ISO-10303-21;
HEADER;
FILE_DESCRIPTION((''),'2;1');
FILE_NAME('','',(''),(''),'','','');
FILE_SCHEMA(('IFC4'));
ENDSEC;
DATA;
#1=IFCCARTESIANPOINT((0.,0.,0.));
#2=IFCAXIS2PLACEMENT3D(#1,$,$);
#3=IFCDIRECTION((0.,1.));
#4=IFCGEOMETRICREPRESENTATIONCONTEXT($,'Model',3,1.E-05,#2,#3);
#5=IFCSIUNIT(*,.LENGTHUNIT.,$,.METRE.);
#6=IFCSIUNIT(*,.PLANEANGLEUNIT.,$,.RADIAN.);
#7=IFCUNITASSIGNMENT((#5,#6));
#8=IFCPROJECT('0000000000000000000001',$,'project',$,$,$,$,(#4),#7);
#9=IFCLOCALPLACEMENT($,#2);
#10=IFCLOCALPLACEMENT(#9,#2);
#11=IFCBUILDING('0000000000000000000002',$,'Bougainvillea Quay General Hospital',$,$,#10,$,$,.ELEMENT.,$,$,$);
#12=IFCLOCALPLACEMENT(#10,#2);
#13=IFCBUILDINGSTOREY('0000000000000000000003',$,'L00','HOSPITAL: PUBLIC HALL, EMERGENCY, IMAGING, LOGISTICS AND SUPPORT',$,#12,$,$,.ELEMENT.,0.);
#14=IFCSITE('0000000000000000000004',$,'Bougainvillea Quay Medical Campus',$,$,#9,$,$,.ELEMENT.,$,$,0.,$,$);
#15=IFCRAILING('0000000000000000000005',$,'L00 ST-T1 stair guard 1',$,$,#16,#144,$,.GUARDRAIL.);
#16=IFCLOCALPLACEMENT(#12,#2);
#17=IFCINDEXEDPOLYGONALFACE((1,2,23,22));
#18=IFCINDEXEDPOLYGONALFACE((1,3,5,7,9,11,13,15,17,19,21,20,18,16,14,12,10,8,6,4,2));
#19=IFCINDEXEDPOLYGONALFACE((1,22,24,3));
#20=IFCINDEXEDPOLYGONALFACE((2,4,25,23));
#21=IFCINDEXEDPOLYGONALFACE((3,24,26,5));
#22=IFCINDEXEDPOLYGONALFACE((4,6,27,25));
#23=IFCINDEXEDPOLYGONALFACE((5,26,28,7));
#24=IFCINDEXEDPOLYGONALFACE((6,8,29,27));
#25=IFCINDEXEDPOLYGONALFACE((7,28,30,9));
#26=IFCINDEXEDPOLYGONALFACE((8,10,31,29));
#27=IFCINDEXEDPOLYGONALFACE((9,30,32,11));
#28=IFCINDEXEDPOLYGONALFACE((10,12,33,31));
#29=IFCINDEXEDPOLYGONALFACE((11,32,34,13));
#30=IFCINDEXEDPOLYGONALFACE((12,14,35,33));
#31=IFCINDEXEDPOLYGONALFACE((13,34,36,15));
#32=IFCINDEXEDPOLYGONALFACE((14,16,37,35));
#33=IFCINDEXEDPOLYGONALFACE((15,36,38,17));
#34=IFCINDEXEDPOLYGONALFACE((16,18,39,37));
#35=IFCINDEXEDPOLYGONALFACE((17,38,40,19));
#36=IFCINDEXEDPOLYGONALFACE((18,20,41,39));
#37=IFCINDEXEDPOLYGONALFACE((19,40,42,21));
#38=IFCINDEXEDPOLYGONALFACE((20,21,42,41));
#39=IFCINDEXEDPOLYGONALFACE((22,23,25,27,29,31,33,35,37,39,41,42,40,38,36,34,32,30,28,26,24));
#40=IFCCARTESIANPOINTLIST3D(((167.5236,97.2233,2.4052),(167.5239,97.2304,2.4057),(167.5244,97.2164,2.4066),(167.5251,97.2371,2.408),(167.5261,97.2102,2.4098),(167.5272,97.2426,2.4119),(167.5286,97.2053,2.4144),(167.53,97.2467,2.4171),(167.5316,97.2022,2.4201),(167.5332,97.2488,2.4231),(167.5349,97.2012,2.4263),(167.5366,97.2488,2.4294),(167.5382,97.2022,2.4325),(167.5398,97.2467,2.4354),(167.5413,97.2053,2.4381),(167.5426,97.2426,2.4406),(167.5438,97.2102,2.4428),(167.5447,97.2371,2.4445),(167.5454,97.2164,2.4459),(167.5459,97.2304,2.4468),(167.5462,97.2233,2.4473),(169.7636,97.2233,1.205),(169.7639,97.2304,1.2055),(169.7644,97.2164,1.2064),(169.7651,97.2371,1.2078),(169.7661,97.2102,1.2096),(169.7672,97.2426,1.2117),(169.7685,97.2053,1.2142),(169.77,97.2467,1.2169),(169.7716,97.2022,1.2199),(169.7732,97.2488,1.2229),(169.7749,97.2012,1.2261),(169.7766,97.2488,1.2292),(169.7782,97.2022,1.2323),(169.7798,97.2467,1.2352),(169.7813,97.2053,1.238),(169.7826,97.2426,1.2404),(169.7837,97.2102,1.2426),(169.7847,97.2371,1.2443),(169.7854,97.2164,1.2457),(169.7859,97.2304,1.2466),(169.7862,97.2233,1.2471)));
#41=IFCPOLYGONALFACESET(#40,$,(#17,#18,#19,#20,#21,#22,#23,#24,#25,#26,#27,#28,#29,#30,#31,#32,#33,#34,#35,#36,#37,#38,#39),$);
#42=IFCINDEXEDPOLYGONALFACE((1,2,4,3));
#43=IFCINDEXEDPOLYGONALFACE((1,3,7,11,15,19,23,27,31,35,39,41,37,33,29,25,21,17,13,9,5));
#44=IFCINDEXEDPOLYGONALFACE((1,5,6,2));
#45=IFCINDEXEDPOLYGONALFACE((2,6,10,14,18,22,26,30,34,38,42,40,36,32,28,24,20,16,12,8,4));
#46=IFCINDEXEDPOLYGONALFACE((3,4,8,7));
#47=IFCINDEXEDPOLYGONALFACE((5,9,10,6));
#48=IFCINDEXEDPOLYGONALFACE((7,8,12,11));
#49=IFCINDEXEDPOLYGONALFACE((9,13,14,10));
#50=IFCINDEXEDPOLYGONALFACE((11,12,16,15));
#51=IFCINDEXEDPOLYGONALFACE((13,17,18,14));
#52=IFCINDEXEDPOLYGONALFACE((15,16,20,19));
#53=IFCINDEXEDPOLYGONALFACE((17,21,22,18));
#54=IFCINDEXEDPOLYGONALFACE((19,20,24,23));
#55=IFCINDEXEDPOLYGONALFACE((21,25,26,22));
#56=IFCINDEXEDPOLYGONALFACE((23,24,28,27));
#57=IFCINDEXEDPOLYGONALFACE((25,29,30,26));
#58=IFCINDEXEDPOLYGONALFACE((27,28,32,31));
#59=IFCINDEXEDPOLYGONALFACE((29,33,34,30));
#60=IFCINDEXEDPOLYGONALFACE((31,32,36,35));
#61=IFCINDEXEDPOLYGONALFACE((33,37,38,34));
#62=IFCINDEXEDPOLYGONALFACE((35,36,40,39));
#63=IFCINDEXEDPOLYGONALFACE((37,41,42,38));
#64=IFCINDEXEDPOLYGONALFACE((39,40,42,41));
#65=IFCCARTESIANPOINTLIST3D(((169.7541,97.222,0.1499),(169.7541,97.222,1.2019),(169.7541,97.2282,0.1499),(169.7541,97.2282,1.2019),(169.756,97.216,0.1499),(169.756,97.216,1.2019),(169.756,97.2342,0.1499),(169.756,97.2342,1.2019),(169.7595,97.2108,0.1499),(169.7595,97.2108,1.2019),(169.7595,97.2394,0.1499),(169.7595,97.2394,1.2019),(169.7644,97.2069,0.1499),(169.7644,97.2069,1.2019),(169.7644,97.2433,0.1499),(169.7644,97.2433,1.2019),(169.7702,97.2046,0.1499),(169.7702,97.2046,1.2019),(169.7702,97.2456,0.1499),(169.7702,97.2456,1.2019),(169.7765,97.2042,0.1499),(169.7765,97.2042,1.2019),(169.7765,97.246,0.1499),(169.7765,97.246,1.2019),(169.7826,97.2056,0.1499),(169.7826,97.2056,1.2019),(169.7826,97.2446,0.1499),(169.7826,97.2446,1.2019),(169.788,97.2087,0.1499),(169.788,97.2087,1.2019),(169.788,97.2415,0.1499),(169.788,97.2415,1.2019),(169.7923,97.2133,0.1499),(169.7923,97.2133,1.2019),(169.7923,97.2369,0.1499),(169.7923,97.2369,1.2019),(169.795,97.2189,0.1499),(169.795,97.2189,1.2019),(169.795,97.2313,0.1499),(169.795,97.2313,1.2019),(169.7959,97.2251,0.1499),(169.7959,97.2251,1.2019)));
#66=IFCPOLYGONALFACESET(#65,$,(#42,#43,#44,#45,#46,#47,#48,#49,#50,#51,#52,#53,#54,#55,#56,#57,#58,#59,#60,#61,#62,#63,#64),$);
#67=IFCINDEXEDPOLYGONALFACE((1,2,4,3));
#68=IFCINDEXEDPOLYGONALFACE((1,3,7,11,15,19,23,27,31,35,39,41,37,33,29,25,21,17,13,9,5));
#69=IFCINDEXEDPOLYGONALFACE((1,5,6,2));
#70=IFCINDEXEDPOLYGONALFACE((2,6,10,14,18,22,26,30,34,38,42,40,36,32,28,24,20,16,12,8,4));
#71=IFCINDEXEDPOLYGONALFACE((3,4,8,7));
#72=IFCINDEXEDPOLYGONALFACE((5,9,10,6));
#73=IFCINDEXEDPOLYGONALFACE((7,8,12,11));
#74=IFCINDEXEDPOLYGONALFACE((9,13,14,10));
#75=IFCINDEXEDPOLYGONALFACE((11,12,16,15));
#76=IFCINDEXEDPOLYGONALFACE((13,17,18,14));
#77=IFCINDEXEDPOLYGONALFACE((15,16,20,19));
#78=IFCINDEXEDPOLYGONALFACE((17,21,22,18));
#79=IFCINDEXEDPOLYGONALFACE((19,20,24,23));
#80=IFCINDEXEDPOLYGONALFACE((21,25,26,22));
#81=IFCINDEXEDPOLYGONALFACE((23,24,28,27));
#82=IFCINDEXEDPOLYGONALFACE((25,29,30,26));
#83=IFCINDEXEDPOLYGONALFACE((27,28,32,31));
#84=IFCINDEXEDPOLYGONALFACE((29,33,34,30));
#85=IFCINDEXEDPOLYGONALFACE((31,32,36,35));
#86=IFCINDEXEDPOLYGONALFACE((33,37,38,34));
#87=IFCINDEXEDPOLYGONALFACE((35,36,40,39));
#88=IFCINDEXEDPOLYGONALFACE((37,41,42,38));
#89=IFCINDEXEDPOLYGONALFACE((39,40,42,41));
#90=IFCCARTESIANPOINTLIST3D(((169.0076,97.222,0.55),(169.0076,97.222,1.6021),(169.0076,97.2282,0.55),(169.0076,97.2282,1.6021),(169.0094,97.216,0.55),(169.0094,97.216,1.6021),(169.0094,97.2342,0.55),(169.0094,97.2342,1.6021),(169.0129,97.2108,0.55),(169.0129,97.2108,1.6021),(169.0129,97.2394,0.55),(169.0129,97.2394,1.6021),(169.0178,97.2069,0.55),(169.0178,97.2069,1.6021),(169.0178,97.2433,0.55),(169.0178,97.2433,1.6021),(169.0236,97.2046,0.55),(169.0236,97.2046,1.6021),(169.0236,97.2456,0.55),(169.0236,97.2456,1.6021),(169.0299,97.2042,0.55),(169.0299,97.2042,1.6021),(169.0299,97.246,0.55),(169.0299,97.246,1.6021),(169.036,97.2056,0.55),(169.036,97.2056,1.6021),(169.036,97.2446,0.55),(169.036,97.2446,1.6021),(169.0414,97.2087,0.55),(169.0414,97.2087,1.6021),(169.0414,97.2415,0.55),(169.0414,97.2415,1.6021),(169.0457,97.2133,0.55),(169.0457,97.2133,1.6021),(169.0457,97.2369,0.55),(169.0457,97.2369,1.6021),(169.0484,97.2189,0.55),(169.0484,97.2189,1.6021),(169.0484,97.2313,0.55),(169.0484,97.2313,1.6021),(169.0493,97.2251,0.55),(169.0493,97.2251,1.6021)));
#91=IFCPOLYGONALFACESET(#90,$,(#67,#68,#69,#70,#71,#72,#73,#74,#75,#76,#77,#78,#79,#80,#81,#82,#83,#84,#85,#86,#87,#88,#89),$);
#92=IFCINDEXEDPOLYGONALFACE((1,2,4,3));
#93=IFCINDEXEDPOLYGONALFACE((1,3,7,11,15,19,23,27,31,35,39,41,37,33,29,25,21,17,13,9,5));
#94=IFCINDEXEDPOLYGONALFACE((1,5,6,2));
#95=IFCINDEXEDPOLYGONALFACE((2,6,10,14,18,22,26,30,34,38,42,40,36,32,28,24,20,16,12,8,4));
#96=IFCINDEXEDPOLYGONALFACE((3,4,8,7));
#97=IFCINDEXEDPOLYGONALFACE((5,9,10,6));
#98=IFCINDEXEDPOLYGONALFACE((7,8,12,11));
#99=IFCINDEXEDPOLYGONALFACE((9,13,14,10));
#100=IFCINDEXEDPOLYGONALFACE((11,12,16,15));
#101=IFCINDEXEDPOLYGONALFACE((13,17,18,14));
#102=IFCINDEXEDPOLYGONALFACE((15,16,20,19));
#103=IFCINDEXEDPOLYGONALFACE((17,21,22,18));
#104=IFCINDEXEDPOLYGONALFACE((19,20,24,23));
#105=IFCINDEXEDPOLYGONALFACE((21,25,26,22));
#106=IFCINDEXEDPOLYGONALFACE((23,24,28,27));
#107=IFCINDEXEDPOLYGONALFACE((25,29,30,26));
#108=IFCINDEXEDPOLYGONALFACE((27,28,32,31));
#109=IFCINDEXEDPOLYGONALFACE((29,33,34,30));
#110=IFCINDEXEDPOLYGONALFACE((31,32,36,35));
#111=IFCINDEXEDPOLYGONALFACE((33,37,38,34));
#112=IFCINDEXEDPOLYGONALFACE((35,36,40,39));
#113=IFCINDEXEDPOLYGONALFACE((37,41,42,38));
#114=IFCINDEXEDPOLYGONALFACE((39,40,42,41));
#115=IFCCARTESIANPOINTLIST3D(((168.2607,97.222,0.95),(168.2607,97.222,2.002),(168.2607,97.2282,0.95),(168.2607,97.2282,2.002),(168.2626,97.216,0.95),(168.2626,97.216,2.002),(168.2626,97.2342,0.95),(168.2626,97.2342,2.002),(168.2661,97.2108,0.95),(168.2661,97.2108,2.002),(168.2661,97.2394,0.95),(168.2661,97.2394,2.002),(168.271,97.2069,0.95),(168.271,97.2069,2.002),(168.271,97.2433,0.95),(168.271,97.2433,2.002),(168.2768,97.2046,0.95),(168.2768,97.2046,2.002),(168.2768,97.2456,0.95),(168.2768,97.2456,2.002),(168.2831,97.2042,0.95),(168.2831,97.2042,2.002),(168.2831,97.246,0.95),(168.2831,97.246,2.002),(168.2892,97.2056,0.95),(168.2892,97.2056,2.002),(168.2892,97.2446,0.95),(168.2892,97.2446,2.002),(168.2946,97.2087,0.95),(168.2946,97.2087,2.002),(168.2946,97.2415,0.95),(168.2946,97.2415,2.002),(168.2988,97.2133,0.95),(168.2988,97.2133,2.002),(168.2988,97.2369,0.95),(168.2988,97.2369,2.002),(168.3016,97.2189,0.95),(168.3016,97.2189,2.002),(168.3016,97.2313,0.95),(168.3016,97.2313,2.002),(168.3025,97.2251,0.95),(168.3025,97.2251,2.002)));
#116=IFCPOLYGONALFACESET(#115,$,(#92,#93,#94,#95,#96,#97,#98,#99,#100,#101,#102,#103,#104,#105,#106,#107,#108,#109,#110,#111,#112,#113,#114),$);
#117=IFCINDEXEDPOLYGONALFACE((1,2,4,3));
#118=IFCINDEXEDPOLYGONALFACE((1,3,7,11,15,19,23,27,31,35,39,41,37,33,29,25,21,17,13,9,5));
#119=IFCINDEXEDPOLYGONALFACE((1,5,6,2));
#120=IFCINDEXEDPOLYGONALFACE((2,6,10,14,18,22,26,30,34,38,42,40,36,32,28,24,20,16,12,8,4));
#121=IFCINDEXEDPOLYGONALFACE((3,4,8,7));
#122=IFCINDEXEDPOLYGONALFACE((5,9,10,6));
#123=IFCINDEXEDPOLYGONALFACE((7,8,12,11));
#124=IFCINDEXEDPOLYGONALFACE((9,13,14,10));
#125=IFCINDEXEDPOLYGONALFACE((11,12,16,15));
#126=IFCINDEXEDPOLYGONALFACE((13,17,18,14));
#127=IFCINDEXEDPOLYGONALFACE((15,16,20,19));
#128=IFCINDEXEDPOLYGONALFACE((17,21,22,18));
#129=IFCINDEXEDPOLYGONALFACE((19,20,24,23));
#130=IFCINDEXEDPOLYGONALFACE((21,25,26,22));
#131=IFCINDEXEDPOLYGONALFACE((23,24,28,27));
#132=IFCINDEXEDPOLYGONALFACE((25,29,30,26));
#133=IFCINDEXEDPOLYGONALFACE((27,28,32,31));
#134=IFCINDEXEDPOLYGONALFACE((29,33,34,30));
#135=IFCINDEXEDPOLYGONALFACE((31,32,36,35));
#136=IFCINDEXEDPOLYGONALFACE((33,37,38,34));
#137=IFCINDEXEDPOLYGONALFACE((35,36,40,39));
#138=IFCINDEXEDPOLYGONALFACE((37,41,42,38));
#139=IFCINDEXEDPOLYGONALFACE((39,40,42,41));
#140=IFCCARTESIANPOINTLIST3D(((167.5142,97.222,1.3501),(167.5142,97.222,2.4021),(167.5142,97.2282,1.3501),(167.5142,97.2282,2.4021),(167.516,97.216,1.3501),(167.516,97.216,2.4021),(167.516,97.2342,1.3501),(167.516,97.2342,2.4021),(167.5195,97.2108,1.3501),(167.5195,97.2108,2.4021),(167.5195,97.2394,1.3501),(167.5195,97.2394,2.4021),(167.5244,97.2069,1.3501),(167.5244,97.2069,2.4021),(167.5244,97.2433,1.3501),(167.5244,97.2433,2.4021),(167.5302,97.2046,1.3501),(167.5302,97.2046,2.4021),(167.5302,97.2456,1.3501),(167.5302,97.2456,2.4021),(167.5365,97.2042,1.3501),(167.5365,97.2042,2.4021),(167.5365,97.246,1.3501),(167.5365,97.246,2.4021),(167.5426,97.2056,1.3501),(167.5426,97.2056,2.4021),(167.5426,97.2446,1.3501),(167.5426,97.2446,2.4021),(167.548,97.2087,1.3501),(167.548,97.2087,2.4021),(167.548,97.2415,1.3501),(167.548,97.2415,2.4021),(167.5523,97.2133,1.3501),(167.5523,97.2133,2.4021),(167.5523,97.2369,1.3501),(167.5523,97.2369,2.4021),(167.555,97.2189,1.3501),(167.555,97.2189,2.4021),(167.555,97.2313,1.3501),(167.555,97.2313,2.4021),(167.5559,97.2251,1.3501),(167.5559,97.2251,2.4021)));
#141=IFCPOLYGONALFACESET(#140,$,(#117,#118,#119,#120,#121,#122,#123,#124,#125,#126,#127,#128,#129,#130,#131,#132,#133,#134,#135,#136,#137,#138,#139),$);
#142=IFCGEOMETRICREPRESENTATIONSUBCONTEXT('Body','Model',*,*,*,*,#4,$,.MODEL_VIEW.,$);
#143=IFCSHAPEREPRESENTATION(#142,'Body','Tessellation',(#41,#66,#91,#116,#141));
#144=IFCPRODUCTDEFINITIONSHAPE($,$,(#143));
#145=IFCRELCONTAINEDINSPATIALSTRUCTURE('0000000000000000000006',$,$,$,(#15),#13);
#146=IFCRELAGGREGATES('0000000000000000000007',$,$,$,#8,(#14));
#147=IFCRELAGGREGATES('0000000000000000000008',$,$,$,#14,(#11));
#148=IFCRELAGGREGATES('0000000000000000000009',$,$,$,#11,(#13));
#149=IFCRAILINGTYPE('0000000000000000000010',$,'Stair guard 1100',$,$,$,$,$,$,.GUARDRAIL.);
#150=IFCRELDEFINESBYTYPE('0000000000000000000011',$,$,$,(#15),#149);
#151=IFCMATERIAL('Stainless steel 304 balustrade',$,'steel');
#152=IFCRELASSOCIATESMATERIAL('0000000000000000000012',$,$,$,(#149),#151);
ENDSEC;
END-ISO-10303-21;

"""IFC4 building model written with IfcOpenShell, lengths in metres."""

from ifc_helpers import new_model, si_unit, direction, frame, origin, origin_2d, place, context, subcontext, project, spatial, circle, extrude, material, type_object, element, save


model = new_model("IFC4")

# Units and contexts
model_context = context("Model", 3, precision=1e-05, world=origin(), true_north=direction((0.0, 1.0)))
body_context = subcontext(model_context, "Body", "Model", "MODEL_VIEW")
ifc_project = project(units=[si_unit("LENGTHUNIT", "METRE"), si_unit("PLANEANGLEUNIT", "RADIAN")], contexts=[model_context])

# Site, building, storey
site_placement = place(None, origin())
site = spatial("IfcSite", under=ifc_project, at=site_placement, Name="Bougainvillea Quay Medical Campus", CompositionType="ELEMENT", RefElevation=0.0)
building_placement = place(site_placement, origin())
building = spatial("IfcBuilding", under=site, at=building_placement, Name="Bougainvillea Quay General Hospital", CompositionType="ELEMENT")
storey_placement = place(building_placement, origin())
storey = spatial("IfcBuildingStorey", under=building, at=storey_placement, Name="L00", Description="HOSPITAL: PUBLIC HALL, EMERGENCY, IMAGING, LOGISTICS AND SUPPORT", CompositionType="ELEMENT", Elevation=0.0)

# Railing
ifc_material_1 = material(Name="Stainless steel 304 balustrade", Category="steel")
railing_type_1 = type_object("IfcRailingType", Name="Stair guard 1100", PredefinedType="GUARDRAIL", material=ifc_material_1)
railing_1_placement = place(storey_placement, frame((169.7749, 97.2251, 0.1499)))
element("IfcRailing", 1, at=railing_1_placement, inside=storey, type_object=railing_type_1, Name="L00 ST-T1 stair guard 1", PredefinedType="GUARDRAIL", context=body_context, shape_type="SweptSolid", body=[
    extrude(circle(Radius=0.0239, at=origin_2d()), frame((0.0, 0.0, 1.0762), z_axis=(-0.881447, 0.0, 0.472283), x_axis=(0.0, -1.0, 0.0)), (0.0, 0.0, 1.0), 2.5413),
    extrude(circle(Radius=0.021, at=origin_2d()), origin(), (0.0, 0.0, 1.0), 1.052),
    extrude(circle(Radius=0.021, at=origin_2d()), frame((-0.7466, 0.0, 0.4001)), (0.0, 0.0, 1.0), 1.052),
    extrude(circle(Radius=0.021, at=origin_2d()), frame((-1.4934, 0.0, 0.8)), (0.0, 0.0, 1.0), 1.052),
    extrude(circle(Radius=0.021, at=origin_2d()), frame((-2.24, 0.0, 1.2002)), (0.0, 0.0, 1.0), 1.052),
])

save(model, "model.ifc")
